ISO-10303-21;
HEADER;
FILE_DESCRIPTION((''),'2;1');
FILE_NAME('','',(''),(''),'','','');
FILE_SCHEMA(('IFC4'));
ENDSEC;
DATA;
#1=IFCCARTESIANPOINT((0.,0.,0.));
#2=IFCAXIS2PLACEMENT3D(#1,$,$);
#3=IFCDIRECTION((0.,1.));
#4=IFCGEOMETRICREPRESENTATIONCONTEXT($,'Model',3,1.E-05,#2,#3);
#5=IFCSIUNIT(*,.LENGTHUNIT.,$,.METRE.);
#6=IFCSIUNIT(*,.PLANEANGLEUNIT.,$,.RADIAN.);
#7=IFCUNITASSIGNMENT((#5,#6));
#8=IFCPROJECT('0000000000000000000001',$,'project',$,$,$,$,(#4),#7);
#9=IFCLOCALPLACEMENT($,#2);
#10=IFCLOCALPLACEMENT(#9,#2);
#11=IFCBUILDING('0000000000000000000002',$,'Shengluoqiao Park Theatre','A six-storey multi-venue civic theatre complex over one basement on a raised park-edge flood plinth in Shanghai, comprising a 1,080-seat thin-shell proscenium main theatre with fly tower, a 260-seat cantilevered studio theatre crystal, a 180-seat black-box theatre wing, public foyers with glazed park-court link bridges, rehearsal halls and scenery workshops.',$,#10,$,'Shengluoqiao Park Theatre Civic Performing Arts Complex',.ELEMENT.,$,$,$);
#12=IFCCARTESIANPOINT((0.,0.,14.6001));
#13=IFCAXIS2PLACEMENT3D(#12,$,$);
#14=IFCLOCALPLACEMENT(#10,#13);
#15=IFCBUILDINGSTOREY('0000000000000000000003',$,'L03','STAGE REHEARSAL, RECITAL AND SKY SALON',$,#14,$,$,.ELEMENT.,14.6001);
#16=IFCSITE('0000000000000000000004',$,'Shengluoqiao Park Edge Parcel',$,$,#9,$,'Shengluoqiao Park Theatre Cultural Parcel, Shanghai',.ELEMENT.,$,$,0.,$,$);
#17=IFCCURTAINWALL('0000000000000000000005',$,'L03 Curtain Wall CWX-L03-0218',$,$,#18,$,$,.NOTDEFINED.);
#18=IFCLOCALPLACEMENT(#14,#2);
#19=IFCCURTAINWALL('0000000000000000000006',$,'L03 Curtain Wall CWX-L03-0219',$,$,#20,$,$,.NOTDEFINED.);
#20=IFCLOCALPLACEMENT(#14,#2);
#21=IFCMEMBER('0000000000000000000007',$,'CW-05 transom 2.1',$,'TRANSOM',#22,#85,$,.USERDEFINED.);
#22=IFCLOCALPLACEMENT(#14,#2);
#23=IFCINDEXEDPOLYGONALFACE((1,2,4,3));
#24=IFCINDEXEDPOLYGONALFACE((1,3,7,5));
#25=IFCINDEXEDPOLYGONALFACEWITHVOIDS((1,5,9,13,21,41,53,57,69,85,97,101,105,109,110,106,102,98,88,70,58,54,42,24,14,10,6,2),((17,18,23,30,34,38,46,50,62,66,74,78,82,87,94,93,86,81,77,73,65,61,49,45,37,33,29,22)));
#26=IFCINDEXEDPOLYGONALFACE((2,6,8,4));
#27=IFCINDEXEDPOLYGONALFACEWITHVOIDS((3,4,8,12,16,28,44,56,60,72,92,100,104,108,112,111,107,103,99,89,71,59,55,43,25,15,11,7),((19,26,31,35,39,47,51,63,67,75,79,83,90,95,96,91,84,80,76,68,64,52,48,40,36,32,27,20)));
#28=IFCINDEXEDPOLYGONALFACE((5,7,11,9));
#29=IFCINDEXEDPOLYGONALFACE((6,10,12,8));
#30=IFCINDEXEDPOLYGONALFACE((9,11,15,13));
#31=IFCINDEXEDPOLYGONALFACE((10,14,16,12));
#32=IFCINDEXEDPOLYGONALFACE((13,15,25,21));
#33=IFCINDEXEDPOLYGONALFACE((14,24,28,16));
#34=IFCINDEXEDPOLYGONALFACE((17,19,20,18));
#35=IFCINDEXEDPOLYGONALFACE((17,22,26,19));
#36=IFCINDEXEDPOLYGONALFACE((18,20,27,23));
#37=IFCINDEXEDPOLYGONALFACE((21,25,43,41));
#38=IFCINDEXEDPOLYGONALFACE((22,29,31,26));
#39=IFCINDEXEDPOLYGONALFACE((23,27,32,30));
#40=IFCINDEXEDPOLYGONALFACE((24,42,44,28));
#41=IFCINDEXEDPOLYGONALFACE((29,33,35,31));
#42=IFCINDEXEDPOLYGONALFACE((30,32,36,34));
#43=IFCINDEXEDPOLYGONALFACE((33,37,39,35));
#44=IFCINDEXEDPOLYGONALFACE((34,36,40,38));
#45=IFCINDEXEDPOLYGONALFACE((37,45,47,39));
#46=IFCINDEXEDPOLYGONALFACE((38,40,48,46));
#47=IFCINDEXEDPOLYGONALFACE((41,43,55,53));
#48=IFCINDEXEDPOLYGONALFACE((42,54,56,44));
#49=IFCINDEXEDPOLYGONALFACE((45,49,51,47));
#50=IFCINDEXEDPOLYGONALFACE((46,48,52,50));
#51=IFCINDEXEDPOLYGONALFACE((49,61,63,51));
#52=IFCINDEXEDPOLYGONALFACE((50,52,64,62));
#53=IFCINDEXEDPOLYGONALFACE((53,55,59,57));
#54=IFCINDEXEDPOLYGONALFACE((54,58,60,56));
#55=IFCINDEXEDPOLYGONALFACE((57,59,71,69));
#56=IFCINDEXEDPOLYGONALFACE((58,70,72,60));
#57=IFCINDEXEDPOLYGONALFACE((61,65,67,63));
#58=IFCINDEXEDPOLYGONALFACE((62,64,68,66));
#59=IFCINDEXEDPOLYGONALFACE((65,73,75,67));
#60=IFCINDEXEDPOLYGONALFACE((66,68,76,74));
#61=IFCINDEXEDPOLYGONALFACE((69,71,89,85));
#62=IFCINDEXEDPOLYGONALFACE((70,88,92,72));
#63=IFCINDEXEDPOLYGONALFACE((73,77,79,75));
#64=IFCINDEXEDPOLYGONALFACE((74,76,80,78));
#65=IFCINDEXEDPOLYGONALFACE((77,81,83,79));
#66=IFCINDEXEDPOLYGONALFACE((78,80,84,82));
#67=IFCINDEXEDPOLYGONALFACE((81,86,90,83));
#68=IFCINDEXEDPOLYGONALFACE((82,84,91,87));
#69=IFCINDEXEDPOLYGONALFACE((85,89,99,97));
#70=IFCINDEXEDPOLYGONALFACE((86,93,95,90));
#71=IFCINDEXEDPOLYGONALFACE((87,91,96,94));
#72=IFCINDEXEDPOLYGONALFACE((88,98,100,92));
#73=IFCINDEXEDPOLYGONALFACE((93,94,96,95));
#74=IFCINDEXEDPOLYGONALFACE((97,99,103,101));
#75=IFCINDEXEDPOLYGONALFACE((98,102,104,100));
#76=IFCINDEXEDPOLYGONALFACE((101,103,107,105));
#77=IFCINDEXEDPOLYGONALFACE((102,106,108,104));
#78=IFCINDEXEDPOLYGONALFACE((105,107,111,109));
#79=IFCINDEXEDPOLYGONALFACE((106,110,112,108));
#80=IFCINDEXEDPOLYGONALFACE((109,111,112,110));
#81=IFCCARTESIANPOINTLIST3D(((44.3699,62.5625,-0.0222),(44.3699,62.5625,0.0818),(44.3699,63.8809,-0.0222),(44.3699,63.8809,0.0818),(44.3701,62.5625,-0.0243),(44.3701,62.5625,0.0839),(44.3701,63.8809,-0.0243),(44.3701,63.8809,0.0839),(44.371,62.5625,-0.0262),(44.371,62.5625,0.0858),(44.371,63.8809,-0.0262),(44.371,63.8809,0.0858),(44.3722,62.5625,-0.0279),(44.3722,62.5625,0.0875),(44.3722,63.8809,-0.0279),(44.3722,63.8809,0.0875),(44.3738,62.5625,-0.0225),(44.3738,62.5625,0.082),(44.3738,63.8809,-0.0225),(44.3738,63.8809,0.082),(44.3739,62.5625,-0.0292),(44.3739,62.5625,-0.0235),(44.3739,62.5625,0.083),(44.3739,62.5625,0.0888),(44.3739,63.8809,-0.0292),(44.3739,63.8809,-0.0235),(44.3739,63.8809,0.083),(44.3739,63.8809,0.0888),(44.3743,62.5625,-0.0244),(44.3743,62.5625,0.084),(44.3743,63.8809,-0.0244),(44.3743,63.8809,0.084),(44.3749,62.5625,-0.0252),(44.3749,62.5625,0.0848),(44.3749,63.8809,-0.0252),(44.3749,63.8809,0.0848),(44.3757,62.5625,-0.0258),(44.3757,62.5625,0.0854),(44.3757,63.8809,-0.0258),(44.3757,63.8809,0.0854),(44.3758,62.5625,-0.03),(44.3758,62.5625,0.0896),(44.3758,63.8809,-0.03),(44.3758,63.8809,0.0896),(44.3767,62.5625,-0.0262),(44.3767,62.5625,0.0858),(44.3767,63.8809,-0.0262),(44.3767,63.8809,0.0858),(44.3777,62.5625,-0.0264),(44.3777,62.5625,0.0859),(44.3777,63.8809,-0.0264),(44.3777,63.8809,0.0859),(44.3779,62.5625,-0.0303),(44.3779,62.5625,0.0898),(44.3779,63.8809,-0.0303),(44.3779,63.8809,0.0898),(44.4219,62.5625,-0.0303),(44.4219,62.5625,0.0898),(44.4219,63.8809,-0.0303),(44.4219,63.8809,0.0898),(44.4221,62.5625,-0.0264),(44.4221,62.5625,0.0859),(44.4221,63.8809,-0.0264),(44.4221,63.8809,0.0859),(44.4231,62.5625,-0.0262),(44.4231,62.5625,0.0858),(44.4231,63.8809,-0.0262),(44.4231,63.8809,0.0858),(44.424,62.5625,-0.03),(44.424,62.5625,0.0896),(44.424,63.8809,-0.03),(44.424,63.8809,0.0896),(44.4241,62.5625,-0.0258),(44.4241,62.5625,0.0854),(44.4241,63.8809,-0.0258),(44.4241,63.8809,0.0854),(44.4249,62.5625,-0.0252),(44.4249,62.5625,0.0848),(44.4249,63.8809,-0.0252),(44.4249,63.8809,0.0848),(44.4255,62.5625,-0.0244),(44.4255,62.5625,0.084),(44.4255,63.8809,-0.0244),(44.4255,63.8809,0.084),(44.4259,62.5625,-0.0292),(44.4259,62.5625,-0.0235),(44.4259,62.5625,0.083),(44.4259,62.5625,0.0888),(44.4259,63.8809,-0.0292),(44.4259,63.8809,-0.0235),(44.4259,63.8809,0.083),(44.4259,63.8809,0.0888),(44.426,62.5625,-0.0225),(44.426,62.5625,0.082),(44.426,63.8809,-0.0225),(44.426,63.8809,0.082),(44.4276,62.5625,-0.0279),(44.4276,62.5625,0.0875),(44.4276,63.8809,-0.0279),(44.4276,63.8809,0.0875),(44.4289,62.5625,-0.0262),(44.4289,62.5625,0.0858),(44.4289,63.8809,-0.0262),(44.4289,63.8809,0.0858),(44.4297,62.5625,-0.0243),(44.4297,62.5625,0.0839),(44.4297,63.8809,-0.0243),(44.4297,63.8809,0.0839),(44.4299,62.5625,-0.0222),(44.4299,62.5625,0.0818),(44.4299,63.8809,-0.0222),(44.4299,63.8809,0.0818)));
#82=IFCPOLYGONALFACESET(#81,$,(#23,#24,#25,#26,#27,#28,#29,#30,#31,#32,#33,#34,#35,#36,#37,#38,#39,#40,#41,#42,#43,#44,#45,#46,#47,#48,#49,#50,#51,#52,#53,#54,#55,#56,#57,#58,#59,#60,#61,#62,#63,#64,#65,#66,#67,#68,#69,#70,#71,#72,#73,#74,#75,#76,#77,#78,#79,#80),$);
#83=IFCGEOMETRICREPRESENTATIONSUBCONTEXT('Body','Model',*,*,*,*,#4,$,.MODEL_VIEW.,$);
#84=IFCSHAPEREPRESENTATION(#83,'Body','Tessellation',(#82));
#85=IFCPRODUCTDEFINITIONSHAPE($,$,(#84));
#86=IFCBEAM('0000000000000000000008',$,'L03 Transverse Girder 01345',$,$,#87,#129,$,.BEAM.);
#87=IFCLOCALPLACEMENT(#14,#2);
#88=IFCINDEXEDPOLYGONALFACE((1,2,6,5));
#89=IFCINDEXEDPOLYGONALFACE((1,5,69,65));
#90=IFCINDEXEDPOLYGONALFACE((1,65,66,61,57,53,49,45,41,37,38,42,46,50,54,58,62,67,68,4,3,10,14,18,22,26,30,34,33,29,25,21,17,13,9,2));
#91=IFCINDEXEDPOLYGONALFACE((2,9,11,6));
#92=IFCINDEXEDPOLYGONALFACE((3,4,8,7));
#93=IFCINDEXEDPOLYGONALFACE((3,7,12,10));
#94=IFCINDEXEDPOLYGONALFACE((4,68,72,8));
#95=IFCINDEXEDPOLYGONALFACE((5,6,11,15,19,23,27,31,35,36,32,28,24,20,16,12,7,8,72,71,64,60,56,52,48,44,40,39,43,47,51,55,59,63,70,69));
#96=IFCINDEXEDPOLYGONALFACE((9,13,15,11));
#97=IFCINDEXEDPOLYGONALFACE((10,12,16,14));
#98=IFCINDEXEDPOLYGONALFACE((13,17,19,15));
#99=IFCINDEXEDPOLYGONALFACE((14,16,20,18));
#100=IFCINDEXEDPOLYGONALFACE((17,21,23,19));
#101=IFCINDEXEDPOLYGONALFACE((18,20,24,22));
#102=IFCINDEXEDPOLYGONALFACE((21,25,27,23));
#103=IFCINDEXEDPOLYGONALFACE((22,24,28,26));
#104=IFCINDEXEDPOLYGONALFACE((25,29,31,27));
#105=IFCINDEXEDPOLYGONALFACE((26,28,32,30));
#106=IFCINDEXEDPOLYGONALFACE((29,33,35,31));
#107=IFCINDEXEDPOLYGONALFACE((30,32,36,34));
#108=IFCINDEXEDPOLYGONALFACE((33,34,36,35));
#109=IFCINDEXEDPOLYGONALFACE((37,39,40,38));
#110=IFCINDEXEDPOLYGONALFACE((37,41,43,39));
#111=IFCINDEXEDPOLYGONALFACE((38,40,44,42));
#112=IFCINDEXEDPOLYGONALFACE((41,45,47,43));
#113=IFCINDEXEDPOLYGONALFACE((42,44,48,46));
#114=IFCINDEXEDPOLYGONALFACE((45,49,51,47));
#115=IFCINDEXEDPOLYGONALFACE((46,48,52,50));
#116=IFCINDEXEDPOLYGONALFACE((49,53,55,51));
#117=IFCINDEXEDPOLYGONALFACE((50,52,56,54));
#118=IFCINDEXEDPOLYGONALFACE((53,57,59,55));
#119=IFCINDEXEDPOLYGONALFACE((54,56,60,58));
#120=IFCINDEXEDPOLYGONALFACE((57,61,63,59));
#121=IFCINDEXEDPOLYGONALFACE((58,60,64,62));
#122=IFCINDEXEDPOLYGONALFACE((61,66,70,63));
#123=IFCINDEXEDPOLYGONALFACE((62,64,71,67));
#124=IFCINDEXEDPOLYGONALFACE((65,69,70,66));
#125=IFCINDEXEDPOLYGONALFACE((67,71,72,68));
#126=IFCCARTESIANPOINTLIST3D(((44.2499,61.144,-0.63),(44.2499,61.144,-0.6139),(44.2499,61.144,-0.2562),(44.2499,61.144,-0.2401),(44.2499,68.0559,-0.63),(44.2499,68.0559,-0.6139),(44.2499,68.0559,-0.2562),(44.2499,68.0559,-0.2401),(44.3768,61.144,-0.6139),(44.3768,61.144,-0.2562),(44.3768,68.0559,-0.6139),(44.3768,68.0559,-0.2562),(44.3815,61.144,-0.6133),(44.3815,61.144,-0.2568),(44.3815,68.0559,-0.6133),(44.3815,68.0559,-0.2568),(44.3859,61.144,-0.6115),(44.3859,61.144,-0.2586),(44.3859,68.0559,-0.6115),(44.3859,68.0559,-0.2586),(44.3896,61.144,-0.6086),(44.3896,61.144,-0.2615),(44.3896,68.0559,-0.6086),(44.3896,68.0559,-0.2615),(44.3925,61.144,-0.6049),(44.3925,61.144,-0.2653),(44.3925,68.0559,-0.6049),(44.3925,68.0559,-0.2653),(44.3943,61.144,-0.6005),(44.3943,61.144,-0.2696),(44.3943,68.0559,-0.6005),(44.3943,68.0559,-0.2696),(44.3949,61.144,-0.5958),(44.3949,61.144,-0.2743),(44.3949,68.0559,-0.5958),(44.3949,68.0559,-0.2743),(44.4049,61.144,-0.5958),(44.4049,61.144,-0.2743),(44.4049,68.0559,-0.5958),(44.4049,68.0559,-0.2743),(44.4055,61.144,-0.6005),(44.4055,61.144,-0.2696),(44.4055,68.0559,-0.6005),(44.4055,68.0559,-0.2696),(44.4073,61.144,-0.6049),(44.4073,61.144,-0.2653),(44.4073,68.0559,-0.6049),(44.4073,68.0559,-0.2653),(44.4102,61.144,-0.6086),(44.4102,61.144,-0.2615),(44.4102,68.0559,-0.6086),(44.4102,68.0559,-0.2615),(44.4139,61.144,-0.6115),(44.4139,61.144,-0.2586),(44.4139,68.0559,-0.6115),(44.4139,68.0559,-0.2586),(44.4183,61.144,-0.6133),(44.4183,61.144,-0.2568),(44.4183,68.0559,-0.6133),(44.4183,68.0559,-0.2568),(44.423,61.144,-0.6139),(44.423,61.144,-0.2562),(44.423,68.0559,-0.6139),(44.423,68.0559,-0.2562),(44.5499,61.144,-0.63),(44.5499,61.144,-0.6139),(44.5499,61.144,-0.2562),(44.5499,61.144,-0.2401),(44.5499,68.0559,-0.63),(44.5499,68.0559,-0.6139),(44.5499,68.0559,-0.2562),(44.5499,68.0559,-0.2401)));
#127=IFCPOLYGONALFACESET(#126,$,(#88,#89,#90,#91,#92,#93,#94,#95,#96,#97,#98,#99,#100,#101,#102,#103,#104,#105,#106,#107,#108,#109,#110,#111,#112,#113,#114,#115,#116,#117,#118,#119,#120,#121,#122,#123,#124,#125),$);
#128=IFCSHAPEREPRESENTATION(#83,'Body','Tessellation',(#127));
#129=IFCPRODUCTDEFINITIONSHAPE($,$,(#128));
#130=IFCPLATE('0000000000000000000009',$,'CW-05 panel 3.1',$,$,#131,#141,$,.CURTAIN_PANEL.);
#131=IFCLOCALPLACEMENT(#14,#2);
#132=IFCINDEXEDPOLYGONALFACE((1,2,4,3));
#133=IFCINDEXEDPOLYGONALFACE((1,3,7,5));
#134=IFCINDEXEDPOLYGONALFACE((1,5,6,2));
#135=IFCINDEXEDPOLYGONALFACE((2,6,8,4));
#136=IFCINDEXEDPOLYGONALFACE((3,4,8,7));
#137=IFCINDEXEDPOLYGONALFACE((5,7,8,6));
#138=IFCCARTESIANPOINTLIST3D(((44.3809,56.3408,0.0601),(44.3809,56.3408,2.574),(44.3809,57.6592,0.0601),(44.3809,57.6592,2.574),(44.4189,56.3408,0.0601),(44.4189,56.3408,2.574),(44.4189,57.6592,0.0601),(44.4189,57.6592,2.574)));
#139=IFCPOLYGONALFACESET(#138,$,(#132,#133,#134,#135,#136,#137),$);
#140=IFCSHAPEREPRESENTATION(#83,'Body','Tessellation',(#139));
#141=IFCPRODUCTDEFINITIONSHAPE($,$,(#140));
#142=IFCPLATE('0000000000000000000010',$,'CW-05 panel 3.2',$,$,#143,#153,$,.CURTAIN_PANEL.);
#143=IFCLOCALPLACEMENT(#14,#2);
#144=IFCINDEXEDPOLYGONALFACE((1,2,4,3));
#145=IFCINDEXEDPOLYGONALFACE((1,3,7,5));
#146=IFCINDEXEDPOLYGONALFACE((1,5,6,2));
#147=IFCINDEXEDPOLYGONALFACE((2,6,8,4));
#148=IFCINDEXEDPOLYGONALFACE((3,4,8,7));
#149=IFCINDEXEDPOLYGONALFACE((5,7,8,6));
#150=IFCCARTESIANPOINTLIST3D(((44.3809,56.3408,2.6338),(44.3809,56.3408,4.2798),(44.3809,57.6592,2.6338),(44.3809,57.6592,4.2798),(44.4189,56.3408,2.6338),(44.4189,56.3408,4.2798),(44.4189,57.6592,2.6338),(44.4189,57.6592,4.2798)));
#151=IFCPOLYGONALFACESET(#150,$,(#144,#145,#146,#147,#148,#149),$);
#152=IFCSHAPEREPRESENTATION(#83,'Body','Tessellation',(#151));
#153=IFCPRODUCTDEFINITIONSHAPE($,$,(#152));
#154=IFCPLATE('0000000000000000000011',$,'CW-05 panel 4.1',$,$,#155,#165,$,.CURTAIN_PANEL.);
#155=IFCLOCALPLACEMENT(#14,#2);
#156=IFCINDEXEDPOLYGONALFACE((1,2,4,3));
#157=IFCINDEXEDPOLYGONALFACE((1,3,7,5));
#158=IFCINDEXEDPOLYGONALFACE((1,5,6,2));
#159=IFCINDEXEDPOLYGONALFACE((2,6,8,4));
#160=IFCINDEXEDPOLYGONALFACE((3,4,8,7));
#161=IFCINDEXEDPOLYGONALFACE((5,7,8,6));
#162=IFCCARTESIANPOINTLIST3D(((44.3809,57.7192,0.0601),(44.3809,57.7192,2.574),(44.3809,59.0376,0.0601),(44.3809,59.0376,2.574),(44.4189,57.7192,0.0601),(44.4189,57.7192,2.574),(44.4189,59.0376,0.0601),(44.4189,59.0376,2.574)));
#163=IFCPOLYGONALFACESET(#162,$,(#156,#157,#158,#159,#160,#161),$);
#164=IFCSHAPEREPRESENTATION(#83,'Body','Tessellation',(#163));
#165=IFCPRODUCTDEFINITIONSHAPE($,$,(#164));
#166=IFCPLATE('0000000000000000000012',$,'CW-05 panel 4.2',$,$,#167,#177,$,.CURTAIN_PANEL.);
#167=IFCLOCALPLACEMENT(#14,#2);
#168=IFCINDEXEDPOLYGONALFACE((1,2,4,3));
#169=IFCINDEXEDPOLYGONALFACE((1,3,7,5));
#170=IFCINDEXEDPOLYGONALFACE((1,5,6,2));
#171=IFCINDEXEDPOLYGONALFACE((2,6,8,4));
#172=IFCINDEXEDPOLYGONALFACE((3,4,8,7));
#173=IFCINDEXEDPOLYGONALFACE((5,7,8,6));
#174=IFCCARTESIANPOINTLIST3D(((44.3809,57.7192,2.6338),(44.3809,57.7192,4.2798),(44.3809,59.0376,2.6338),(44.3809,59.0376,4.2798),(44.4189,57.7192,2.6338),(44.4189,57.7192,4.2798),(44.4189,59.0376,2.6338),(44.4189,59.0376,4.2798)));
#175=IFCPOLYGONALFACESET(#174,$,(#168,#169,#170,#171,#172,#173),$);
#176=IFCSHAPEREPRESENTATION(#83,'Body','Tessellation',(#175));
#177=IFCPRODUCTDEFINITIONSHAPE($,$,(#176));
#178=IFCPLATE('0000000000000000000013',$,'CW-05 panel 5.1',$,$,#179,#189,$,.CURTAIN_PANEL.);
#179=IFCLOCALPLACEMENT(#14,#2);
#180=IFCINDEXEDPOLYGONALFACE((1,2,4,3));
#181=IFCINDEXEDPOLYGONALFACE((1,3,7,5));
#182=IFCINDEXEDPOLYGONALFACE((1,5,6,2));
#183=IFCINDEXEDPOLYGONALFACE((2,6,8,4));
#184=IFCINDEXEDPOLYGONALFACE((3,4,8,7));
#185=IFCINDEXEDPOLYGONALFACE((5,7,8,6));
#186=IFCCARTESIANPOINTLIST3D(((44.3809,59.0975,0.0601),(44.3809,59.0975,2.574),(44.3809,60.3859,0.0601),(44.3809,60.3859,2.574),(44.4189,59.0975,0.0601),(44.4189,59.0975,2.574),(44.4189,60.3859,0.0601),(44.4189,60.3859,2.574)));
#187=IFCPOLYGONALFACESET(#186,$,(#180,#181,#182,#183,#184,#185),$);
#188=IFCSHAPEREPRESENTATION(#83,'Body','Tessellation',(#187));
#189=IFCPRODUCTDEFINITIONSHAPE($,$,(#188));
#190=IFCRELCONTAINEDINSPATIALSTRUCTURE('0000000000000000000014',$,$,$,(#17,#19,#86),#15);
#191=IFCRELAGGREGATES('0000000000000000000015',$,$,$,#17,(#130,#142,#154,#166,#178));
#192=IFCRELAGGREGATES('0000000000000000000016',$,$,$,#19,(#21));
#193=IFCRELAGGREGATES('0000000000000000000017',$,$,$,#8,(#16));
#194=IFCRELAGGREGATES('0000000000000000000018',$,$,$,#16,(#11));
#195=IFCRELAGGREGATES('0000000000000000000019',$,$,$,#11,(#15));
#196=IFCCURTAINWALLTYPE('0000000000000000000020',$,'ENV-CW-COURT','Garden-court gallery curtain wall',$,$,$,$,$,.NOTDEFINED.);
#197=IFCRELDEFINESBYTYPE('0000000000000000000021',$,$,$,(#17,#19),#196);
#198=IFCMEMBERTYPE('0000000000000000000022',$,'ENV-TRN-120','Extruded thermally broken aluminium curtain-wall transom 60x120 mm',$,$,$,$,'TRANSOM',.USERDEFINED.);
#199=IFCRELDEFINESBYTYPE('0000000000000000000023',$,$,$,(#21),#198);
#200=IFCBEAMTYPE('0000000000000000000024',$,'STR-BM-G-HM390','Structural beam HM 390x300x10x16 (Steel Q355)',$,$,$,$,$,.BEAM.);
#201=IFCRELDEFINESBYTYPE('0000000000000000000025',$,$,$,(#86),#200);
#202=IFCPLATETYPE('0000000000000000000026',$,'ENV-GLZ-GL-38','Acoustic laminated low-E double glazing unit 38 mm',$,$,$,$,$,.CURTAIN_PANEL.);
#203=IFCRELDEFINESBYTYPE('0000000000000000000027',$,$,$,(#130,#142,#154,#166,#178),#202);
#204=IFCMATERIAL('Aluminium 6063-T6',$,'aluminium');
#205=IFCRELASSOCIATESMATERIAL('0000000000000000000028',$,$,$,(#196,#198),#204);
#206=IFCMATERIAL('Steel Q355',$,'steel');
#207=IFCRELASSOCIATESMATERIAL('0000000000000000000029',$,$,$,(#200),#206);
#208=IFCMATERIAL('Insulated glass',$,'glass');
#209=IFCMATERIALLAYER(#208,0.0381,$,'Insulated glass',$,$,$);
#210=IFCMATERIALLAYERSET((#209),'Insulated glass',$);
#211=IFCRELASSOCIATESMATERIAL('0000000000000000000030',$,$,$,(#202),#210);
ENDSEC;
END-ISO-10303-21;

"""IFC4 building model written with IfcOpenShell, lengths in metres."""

from ifc_helpers import new_model, si_unit, direction, frame, origin, origin_2d, place, context, subcontext, project, spatial, rectangle, hollow_rectangle, i_section, extrude, material, layer, layer_set, material_profile, profile_set, type_object, element, aggregate, save


model = new_model("IFC4")

# Units and contexts
model_context = context("Model", 3, precision=1e-05, world=origin(), true_north=direction((0.0, 1.0)))
body_context = subcontext(model_context, "Body", "Model", "MODEL_VIEW")
ifc_project = project(units=[si_unit("LENGTHUNIT", "METRE"), si_unit("PLANEANGLEUNIT", "RADIAN")], contexts=[model_context])

# Site, building, storey
site_placement = place(None, origin())
site = spatial("IfcSite", under=ifc_project, at=site_placement, Name="Shengluoqiao Park Edge Parcel", LongName="Shengluoqiao Park Theatre Cultural Parcel, Shanghai", CompositionType="ELEMENT", RefElevation=0.0)
building_placement = place(site_placement, origin())
building = spatial("IfcBuilding", under=site, at=building_placement, Name="Shengluoqiao Park Theatre", Description="A six-storey multi-venue civic theatre complex over one basement on a raised park-edge flood plinth in Shanghai, comprising a 1,080-seat thin-shell proscenium main theatre with fly tower, a 260-seat cantilevered studio theatre crystal, a 180-seat black-box theatre wing, public foyers with glazed park-court link bridges, rehearsal halls and scenery workshops.", LongName="Shengluoqiao Park Theatre Civic Performing Arts Complex", CompositionType="ELEMENT")
storey_placement = place(building_placement, frame((0.0, 0.0, 14.6001)))
storey = spatial("IfcBuildingStorey", under=building, at=storey_placement, Name="L03", Description="STAGE REHEARSAL, RECITAL AND SKY SALON", CompositionType="ELEMENT", Elevation=14.6001)

# Curtain walls
ifc_material_1 = material(Name="Aluminium 6063-T6", Category="aluminium")
curtain_wall_type = type_object("IfcCurtainWallType", Name="ENV-CW-COURT", Description="Garden-court gallery curtain wall", PredefinedType="NOTDEFINED", material=ifc_material_1)
curtain_wall_1_placement = place(storey_placement, origin())
curtain_wall_1 = element("IfcCurtainWall", 1, at=curtain_wall_1_placement, inside=storey, type_object=curtain_wall_type, Name="L03 Curtain Wall CWX-L03-0218", PredefinedType="NOTDEFINED")
curtain_wall_2_placement = place(storey_placement, origin())
curtain_wall_2 = element("IfcCurtainWall", 2, at=curtain_wall_2_placement, inside=storey, type_object=curtain_wall_type, Name="L03 Curtain Wall CWX-L03-0219", PredefinedType="NOTDEFINED")

# Member
ifc_material_profile_1 = material_profile(ifc_material_1, hollow_rectangle(XDim=0.0601, YDim=0.1201, WallThickness=0.0039, InnerFilletRadius=0.0039, OuterFilletRadius=0.0081, at=origin_2d()), Name="ALU TRANSOM 120x60x4")
ifc_profile_set_1 = profile_set([ifc_material_profile_1], Name="Aluminium 6063-T6")
member_type_1 = type_object("IfcMemberType", Name="ENV-TRN-120", Description="Extruded thermally broken aluminium curtain-wall transom 60x120 mm", ElementType="TRANSOM", PredefinedType="USERDEFINED", material=ifc_profile_set_1)
member_1_placement = place(storey_placement, frame((44.3999, 62.5625, 0.0298), z_axis=(0.0, 1.0, 0.0), x_axis=(-1.0, 0.0, 0.0)))
member_1 = element("IfcMember", 3, at=member_1_placement, type_object=member_type_1, Name="CW-05 transom 2.1", ObjectType="TRANSOM", PredefinedType="USERDEFINED", context=body_context, shape_type="SweptSolid", body=[
    extrude(hollow_rectangle(XDim=0.0601, YDim=0.1201, WallThickness=0.0039, InnerFilletRadius=0.0039, OuterFilletRadius=0.0081, at=origin_2d()), origin(), (0.0, 0.0, 1.0), 1.3184),
])

# Beam
ifc_material_2 = material(Name="Steel Q355", Category="steel")
ifc_material_profile_2 = material_profile(ifc_material_2, i_section(OverallWidth=0.3, OverallDepth=0.3899, WebThickness=0.01, FlangeThickness=0.0161, FilletRadius=0.0181, at=origin_2d()), Name="HM 390x300x10x16")
ifc_profile_set_2 = profile_set([ifc_material_profile_2], Name="Steel Q355")
beam_type = type_object("IfcBeamType", Name="STR-BM-G-HM390", Description="Structural beam HM 390x300x10x16 (Steel Q355)", PredefinedType="BEAM", material=ifc_profile_set_2)
beam_placement = place(storey_placement, frame((44.3999, 61.144, -0.4351), z_axis=(0.0, 1.0, 0.0), x_axis=(-1.0, 0.0, 0.0)))
element("IfcBeam", 4, at=beam_placement, inside=storey, type_object=beam_type, Name="L03 Transverse Girder 01345", PredefinedType="BEAM", context=body_context, shape_type="SweptSolid", body=[
    extrude(i_section(OverallWidth=0.3, OverallDepth=0.3899, WebThickness=0.01, FlangeThickness=0.0161, FilletRadius=0.0181, at=origin_2d()), origin(), (0.0, 0.0, 1.0), 6.9119),
])

# Plates
ifc_material_3 = material(Name="Insulated glass", Category="glass")
ifc_layer = layer(ifc_material_3, 0.0381, Name="Insulated glass")
ifc_layer_set = layer_set([ifc_layer], Name="Insulated glass")
plate_type = type_object("IfcPlateType", Name="ENV-GLZ-GL-38", Description="Acoustic laminated low-E double glazing unit 38 mm", PredefinedType="CURTAIN_PANEL", material=ifc_layer_set)
plate_1_placement = place(storey_placement, frame((44.3999, 57.0, 0.0601), z_axis=(0.0, 0.0, 1.0), x_axis=(0.0, 1.0, 0.0)))
plate_1 = element("IfcPlate", 5, at=plate_1_placement, type_object=plate_type, Name="CW-05 panel 3.1", PredefinedType="CURTAIN_PANEL", context=body_context, shape_type="SweptSolid", body=[
    extrude(rectangle(XDim=1.3184, YDim=0.0381, at=origin_2d()), origin(), (0.0, 0.0, 1.0), 2.5139),
])
plate_2_placement = place(storey_placement, frame((44.3999, 57.0, 2.6338), z_axis=(0.0, 0.0, 1.0), x_axis=(0.0, 1.0, 0.0)))
plate_2 = element("IfcPlate", 6, at=plate_2_placement, type_object=plate_type, Name="CW-05 panel 3.2", PredefinedType="CURTAIN_PANEL", context=body_context, shape_type="SweptSolid", body=[
    extrude(rectangle(XDim=1.3184, YDim=0.0381, at=origin_2d()), origin(), (0.0, 0.0, 1.0), 1.646),
])
plate_3_placement = place(storey_placement, frame((44.3999, 58.3784, 0.0601), z_axis=(0.0, 0.0, 1.0), x_axis=(0.0, 1.0, 0.0)))
plate_3 = element("IfcPlate", 7, at=plate_3_placement, type_object=plate_type, Name="CW-05 panel 4.1", PredefinedType="CURTAIN_PANEL", context=body_context, shape_type="SweptSolid", body=[
    extrude(rectangle(XDim=1.3184, YDim=0.0381, at=origin_2d()), origin(), (0.0, 0.0, 1.0), 2.5139),
])
plate_4_placement = place(storey_placement, frame((44.3999, 58.3784, 2.6338), z_axis=(0.0, 0.0, 1.0), x_axis=(0.0, 1.0, 0.0)))
plate_4 = element("IfcPlate", 8, at=plate_4_placement, type_object=plate_type, Name="CW-05 panel 4.2", PredefinedType="CURTAIN_PANEL", context=body_context, shape_type="SweptSolid", body=[
    extrude(rectangle(XDim=1.3184, YDim=0.0381, at=origin_2d()), origin(), (0.0, 0.0, 1.0), 1.646),
])
plate_5_placement = place(storey_placement, frame((44.3999, 59.7417, 0.0601), z_axis=(0.0, 0.0, 1.0), x_axis=(0.0, 1.0, 0.0)))
plate_5 = element("IfcPlate", 9, at=plate_5_placement, type_object=plate_type, Name="CW-05 panel 5.1", PredefinedType="CURTAIN_PANEL", context=body_context, shape_type="SweptSolid", body=[
    extrude(rectangle(XDim=1.2883, YDim=0.0381, at=origin_2d()), origin(), (0.0, 0.0, 1.0), 2.5139),
])
aggregate(curtain_wall_1, [plate_1, plate_2, plate_3, plate_4, plate_5])
aggregate(curtain_wall_2, [member_1])

save(model, "model.ifc")
